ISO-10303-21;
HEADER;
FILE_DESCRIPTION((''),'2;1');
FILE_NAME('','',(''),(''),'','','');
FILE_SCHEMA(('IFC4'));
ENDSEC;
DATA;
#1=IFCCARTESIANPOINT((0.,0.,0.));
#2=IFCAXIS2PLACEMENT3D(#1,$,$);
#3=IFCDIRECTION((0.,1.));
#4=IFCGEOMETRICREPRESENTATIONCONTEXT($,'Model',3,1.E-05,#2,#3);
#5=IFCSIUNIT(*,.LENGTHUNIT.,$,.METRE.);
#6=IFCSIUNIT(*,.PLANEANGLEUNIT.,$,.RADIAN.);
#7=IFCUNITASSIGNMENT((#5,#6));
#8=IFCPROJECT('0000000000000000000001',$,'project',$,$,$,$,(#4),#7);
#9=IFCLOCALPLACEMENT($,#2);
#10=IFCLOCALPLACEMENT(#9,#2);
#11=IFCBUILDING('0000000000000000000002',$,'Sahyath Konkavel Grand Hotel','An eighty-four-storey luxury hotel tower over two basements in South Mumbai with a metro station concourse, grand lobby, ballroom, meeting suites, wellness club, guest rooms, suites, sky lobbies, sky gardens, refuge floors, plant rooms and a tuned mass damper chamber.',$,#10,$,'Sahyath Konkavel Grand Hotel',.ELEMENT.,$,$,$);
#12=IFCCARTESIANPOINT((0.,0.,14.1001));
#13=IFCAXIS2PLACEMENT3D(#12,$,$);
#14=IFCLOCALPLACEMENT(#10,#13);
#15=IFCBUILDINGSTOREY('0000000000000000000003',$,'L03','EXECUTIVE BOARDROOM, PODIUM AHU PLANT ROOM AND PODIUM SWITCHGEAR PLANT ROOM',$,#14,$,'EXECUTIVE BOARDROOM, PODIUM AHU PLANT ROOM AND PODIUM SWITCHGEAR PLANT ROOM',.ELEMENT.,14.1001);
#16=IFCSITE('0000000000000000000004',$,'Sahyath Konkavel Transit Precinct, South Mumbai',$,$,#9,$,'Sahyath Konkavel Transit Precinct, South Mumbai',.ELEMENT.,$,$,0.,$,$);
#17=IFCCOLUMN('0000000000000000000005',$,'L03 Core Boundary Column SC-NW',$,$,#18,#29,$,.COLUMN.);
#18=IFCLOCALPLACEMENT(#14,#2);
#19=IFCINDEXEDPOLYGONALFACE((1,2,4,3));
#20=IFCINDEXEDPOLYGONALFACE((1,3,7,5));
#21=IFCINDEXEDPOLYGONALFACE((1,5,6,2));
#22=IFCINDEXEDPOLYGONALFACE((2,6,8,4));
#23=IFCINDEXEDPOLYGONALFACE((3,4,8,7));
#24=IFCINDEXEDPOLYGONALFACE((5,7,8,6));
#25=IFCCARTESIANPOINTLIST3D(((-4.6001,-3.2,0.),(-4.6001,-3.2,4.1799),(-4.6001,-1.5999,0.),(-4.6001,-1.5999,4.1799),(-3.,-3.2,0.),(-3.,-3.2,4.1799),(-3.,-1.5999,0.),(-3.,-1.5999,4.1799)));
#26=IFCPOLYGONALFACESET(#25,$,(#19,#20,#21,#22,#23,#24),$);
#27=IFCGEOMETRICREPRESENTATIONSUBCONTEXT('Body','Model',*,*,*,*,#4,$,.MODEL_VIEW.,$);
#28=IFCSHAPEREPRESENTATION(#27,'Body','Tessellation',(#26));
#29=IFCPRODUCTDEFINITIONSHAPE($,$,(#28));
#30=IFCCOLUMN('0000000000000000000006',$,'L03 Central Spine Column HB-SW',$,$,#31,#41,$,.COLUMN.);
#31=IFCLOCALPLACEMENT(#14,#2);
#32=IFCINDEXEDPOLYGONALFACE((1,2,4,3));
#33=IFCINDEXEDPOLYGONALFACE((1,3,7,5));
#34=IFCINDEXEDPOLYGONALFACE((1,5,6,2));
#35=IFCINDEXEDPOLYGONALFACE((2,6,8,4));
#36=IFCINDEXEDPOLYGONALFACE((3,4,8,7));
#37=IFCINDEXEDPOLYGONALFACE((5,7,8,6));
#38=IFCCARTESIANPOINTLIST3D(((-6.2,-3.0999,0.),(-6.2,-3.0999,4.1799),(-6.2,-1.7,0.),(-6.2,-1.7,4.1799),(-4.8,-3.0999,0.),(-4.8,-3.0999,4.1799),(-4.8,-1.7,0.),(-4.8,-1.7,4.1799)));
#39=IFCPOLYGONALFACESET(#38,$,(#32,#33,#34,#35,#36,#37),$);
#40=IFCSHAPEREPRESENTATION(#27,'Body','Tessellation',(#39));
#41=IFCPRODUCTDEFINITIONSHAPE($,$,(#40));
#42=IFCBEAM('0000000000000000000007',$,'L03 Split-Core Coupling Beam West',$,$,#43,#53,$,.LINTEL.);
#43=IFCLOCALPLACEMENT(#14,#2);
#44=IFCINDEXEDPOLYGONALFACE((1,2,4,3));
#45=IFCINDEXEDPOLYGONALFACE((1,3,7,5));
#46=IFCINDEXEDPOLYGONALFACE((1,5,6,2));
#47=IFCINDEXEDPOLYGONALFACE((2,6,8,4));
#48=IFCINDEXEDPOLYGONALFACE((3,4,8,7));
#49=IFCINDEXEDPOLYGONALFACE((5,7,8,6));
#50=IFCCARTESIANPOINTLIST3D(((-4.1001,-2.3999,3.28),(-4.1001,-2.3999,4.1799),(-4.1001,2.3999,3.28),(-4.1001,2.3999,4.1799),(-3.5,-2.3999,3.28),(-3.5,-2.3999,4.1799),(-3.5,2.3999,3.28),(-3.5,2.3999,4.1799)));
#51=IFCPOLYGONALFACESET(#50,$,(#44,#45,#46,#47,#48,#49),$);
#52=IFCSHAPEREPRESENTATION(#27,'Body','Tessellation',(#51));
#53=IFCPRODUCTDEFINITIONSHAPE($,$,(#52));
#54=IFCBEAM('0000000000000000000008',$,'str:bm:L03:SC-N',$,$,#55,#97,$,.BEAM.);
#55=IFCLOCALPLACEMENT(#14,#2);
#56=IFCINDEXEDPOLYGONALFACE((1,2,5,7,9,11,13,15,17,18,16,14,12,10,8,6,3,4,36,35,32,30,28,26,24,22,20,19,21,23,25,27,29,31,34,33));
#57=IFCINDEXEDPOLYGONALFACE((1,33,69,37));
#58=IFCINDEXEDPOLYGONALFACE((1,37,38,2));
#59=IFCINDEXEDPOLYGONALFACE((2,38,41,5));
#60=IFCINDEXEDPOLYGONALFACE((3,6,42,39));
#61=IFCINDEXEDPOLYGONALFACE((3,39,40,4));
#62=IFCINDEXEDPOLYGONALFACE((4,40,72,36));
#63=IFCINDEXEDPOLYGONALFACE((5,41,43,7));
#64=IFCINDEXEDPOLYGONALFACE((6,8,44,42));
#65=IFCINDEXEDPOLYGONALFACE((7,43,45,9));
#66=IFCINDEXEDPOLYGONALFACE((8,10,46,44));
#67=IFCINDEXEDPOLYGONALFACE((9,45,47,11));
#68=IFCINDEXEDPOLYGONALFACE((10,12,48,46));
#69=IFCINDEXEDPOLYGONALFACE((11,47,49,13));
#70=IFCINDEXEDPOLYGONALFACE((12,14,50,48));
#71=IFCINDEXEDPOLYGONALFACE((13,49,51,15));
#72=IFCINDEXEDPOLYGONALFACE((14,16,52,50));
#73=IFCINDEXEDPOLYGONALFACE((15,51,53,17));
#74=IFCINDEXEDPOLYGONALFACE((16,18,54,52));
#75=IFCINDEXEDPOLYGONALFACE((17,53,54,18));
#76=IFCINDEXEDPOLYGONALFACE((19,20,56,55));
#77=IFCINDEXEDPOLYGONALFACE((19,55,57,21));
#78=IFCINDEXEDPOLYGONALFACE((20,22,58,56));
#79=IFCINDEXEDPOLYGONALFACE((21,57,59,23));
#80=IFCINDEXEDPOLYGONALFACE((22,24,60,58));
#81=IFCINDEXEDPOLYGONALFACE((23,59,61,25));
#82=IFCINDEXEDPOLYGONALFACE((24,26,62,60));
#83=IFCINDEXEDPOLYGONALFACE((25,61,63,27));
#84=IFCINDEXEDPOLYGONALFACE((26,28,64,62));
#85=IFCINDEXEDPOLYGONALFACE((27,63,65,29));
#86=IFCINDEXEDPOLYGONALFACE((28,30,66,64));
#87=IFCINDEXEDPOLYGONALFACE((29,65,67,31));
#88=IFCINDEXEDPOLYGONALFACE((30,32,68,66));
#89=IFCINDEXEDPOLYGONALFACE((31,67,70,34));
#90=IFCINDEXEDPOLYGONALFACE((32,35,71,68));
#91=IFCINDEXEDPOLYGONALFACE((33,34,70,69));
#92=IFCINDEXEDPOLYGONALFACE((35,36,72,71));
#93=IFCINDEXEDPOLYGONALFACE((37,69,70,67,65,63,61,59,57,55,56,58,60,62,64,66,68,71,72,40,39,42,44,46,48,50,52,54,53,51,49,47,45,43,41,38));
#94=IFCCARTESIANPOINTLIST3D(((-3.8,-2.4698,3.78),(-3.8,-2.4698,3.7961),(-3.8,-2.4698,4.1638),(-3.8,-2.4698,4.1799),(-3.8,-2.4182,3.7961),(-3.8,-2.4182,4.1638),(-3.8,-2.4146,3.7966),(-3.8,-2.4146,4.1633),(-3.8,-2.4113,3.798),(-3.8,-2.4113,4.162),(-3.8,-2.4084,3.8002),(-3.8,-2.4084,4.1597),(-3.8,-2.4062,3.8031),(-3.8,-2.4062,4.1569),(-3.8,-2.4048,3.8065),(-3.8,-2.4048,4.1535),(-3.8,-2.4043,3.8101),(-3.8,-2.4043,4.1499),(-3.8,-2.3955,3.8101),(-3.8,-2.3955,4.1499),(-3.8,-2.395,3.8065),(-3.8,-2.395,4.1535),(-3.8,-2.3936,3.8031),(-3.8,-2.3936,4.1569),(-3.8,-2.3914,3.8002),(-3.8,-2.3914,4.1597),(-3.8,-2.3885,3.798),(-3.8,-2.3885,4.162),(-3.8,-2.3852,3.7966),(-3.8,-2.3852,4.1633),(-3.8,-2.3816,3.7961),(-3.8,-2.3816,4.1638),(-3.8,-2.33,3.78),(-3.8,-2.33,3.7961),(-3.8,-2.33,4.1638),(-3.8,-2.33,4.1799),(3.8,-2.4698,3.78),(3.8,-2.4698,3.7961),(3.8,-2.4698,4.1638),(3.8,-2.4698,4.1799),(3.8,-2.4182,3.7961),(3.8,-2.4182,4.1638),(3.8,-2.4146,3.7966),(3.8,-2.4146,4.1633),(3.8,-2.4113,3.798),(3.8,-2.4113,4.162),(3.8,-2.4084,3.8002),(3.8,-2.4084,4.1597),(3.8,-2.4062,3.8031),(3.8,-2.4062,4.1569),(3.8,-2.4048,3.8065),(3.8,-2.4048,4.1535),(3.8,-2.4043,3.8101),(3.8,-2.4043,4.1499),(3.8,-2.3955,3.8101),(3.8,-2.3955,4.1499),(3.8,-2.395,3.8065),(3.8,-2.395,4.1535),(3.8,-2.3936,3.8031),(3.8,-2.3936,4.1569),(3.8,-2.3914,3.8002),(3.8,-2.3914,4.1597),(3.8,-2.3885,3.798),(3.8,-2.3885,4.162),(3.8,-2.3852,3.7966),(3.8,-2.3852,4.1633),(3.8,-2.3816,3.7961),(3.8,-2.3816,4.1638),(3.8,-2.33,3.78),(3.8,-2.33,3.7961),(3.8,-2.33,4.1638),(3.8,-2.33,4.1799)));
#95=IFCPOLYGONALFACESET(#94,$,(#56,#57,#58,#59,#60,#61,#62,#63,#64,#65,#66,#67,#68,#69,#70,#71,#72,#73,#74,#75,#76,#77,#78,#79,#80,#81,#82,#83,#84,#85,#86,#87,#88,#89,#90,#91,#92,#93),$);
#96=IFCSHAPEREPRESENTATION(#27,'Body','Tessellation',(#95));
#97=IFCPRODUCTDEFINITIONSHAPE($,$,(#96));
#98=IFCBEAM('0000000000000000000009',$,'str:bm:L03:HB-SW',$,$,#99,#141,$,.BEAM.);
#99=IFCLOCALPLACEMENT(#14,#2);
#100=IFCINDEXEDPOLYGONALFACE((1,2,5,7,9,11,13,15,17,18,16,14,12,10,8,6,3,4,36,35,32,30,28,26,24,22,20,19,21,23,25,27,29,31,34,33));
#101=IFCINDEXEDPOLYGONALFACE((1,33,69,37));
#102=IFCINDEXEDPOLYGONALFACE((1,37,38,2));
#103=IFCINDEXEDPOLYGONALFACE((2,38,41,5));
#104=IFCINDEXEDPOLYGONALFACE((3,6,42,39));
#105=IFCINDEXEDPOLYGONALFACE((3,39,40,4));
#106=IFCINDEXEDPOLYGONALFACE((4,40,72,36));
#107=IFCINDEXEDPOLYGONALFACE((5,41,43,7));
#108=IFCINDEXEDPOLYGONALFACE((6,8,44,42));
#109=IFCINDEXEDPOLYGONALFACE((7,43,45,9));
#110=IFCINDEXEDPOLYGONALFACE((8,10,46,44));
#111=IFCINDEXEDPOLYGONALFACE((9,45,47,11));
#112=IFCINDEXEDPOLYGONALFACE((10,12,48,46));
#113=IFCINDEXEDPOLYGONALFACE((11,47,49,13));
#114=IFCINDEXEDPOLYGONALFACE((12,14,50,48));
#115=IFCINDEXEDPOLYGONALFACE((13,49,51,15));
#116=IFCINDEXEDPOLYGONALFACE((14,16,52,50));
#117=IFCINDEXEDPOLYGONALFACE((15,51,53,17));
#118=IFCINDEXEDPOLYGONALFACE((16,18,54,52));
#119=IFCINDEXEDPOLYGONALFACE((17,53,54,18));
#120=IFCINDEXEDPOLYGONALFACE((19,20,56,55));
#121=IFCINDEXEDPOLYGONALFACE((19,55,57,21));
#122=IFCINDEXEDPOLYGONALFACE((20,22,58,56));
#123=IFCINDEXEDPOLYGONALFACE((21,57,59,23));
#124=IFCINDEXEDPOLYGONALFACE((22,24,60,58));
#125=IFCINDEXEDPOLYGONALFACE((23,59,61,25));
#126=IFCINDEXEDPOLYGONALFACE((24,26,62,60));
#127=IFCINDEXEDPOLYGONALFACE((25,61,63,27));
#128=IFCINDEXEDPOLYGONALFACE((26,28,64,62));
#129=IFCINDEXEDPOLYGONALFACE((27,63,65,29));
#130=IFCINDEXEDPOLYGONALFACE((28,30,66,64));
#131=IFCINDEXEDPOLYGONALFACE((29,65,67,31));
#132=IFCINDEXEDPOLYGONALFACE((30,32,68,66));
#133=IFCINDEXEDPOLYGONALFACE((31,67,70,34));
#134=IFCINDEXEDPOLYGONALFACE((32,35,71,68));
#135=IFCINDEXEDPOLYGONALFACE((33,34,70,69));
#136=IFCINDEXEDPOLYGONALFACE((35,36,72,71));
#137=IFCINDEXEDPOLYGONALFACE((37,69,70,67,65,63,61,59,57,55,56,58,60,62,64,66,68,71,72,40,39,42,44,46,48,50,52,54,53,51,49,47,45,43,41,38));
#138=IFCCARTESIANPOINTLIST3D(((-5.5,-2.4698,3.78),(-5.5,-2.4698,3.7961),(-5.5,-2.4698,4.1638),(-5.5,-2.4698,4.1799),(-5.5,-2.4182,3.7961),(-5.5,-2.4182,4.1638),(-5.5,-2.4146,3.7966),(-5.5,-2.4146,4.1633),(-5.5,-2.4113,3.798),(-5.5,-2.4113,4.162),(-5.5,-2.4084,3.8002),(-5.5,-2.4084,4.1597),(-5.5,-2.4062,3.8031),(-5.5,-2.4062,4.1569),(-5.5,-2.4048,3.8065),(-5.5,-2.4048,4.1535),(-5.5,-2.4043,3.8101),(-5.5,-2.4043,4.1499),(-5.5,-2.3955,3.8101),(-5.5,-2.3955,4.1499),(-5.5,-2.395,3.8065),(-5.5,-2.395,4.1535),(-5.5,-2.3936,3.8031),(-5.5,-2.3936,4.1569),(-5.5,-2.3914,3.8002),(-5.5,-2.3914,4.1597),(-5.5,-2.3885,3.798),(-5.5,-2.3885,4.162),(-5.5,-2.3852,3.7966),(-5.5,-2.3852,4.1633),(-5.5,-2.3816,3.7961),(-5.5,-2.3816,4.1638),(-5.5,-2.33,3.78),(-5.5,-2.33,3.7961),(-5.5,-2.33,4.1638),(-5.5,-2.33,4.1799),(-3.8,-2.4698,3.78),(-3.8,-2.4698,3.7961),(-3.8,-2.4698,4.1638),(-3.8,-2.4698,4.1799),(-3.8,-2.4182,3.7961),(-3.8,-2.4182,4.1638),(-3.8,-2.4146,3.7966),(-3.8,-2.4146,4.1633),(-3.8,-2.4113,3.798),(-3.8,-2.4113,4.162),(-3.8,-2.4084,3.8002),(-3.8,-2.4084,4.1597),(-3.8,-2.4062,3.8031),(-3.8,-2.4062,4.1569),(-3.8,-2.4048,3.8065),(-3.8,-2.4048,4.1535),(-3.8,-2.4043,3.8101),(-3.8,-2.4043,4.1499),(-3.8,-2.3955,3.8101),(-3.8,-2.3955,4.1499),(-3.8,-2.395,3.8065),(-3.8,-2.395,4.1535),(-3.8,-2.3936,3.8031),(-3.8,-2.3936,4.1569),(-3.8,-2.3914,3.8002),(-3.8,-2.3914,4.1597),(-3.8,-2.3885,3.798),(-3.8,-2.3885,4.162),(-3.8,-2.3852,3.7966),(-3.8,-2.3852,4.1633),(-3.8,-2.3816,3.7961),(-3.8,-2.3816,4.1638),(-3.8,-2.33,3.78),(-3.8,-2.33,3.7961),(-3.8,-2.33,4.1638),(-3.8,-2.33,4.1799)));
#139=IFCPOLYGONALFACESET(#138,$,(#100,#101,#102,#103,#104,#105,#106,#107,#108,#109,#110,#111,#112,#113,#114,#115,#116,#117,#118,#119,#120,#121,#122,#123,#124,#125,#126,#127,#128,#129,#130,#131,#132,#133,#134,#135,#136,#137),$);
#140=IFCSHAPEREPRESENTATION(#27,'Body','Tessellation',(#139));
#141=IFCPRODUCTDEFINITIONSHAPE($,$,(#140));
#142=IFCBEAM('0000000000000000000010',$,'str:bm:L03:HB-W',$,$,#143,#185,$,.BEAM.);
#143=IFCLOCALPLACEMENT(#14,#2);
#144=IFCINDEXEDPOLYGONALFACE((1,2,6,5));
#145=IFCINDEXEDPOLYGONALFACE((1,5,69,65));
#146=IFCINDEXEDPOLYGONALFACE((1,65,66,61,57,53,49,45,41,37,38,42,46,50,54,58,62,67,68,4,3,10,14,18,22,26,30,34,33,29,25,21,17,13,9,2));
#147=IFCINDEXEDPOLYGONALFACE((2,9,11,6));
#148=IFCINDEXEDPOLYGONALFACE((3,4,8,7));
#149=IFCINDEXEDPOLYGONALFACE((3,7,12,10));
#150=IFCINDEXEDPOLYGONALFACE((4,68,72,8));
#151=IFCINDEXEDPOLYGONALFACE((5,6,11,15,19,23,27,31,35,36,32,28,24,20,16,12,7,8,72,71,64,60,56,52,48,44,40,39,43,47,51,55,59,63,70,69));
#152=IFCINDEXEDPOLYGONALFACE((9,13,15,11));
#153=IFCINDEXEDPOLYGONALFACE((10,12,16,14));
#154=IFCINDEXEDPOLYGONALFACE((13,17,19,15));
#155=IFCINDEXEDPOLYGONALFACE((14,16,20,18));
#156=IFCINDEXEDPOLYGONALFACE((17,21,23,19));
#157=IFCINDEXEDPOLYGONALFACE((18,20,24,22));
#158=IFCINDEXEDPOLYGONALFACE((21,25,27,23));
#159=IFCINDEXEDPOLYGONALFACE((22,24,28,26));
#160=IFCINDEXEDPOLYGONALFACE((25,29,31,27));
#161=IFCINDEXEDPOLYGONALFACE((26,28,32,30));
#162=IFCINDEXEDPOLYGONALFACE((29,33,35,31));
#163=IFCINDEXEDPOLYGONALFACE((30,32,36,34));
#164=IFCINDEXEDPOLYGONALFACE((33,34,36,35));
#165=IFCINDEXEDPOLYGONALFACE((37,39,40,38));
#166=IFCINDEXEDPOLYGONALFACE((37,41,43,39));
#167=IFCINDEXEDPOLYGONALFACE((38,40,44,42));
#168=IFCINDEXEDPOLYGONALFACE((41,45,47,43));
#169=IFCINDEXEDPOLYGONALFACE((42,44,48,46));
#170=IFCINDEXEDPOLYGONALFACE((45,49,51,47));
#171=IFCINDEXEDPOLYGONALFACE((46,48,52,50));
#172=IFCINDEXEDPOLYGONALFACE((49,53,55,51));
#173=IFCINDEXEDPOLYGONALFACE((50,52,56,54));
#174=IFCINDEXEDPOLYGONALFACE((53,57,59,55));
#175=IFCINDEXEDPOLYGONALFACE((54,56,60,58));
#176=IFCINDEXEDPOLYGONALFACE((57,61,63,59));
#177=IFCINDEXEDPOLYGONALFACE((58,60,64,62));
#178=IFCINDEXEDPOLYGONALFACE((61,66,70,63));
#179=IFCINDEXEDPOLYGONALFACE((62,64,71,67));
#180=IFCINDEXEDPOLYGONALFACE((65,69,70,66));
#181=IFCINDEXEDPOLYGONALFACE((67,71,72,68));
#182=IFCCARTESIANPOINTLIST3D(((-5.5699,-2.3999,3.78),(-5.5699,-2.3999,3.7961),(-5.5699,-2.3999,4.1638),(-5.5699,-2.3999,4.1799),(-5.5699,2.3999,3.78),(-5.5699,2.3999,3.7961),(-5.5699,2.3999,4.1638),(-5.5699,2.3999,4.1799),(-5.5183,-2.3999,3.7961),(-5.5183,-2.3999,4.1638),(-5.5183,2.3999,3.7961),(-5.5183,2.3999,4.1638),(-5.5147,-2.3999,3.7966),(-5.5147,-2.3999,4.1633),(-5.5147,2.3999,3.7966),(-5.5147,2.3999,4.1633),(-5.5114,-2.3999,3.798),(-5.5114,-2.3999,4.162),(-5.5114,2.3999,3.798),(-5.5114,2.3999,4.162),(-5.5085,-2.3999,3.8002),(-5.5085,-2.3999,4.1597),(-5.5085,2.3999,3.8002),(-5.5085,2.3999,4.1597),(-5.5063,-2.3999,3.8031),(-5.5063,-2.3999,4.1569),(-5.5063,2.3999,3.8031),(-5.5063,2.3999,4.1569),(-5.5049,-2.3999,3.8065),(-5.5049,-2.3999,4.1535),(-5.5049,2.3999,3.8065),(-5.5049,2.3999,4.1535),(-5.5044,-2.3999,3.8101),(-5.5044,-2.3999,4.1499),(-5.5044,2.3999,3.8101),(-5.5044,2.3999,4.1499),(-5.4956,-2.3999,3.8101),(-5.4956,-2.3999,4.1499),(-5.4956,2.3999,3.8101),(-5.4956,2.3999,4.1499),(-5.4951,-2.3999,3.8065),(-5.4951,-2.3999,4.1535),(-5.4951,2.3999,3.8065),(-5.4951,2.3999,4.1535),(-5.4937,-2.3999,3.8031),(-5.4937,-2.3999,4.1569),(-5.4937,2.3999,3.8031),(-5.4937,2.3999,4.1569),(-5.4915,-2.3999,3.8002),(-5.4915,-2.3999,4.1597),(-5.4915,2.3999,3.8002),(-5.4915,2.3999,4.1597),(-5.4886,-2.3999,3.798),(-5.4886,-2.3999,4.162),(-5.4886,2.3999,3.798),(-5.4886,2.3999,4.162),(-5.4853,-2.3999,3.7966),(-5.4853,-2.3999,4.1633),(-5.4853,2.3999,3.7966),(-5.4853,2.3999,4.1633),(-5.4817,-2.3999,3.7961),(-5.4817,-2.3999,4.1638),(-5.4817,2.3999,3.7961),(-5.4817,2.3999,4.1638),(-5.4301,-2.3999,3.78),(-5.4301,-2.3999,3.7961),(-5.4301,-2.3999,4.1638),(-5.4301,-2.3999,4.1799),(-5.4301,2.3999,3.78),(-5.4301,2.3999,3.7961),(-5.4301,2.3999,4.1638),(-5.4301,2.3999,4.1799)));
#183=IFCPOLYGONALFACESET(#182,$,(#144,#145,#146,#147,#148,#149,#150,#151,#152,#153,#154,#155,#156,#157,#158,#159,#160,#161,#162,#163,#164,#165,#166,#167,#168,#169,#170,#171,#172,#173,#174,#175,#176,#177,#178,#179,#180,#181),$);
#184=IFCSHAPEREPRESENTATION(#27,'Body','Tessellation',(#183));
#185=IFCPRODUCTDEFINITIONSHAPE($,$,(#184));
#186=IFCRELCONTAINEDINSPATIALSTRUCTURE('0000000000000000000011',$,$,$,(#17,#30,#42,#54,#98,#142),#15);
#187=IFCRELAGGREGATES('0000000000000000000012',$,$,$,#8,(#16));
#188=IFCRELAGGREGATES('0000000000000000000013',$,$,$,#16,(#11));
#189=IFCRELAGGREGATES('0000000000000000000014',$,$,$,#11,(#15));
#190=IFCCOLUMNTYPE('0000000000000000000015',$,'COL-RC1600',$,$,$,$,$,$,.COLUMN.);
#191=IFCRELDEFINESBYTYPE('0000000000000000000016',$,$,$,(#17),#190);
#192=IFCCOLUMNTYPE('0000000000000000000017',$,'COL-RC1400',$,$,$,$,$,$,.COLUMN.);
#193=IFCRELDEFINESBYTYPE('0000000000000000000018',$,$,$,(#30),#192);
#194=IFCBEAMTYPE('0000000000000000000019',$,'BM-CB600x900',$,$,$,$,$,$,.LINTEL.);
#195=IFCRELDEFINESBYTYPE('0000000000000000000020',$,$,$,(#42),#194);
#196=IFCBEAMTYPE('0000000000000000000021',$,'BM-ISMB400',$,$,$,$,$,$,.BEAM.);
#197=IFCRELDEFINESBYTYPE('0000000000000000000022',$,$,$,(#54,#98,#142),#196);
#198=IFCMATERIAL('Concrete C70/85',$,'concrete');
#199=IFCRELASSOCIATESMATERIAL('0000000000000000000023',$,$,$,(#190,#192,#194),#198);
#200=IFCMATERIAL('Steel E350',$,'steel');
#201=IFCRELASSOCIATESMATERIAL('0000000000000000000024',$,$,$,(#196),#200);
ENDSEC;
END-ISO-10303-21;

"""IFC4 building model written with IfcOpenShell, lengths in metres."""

from ifc_helpers import new_model, si_unit, direction, frame, origin, origin_2d, place, context, subcontext, project, spatial, rectangle, i_section, extrude, source, transform, mapped, material, material_profile, profile_set, type_object, element, save


model = new_model("IFC4")

# Units and contexts
model_context = context("Model", 3, precision=1e-05, world=origin(), true_north=direction((0.0, 1.0)))
body_context = subcontext(model_context, "Body", "Model", "MODEL_VIEW")
ifc_project = project(units=[si_unit("LENGTHUNIT", "METRE"), si_unit("PLANEANGLEUNIT", "RADIAN")], contexts=[model_context])

# Site, building, storey
site_placement = place(None, origin())
site = spatial("IfcSite", under=ifc_project, at=site_placement, Name="Sahyath Konkavel Transit Precinct, South Mumbai", LongName="Sahyath Konkavel Transit Precinct, South Mumbai", CompositionType="ELEMENT", RefElevation=0.0)
building_placement = place(site_placement, origin())
building = spatial("IfcBuilding", under=site, at=building_placement, Name="Sahyath Konkavel Grand Hotel", Description="An eighty-four-storey luxury hotel tower over two basements in South Mumbai with a metro station concourse, grand lobby, ballroom, meeting suites, wellness club, guest rooms, suites, sky lobbies, sky gardens, refuge floors, plant rooms and a tuned mass damper chamber.", LongName="Sahyath Konkavel Grand Hotel", CompositionType="ELEMENT")
storey_placement = place(building_placement, frame((0.0, 0.0, 14.1001)))
storey = spatial("IfcBuildingStorey", under=building, at=storey_placement, Name="L03", Description="EXECUTIVE BOARDROOM, PODIUM AHU PLANT ROOM AND PODIUM SWITCHGEAR PLANT ROOM", LongName="EXECUTIVE BOARDROOM, PODIUM AHU PLANT ROOM AND PODIUM SWITCHGEAR PLANT ROOM", CompositionType="ELEMENT", Elevation=14.1001)

# Columns
ifc_material_1 = material(Name="Concrete C70/85", Category="concrete")
ifc_material_profile_1 = material_profile(ifc_material_1, rectangle(XDim=1.6001, YDim=1.6001, at=origin_2d()), Name="RC 1600x1600")
ifc_profile_set_1 = profile_set([ifc_material_profile_1], Name="Concrete C70/85")
column_type_1 = type_object("IfcColumnType", Name="COL-RC1600", PredefinedType="COLUMN", material=ifc_profile_set_1)
shared_shape_1 = source(origin(), body_context, "Body", "SweptSolid", [
    extrude(rectangle(XDim=1.6001, YDim=1.6001, at=origin_2d()), origin(), (0.0, 0.0, 1.0), 4.1799),
])
column_1_placement = place(storey_placement, frame((-3.8, -2.3999, 0.0), z_axis=(0.0, 0.0, 1.0), x_axis=(1.0, 0.0, 0.0)))
element("IfcColumn", 1, at=column_1_placement, inside=storey, type_object=column_type_1, Name="L03 Core Boundary Column SC-NW", PredefinedType="COLUMN", context=body_context, shape_type="MappedRepresentation", body=[
    mapped(shared_shape_1, transform((0.0, 0.0, 0.0), scale=1.0)),
])
ifc_material_profile_2 = material_profile(ifc_material_1, rectangle(XDim=1.3999, YDim=1.3999, at=origin_2d()), Name="RC 1400x1400")
ifc_profile_set_2 = profile_set([ifc_material_profile_2], Name="Concrete C70/85")
column_type_2 = type_object("IfcColumnType", Name="COL-RC1400", PredefinedType="COLUMN", material=ifc_profile_set_2)
shared_shape_2 = source(origin(), body_context, "Body", "SweptSolid", [
    extrude(rectangle(XDim=1.3999, YDim=1.3999, at=origin_2d()), origin(), (0.0, 0.0, 1.0), 4.1799),
])
column_2_placement = place(storey_placement, frame((-5.5, -2.3999, 0.0), z_axis=(0.0, 0.0, 1.0), x_axis=(1.0, 0.0, 0.0)))
element("IfcColumn", 2, at=column_2_placement, inside=storey, type_object=column_type_2, Name="L03 Central Spine Column HB-SW", PredefinedType="COLUMN", context=body_context, shape_type="MappedRepresentation", body=[
    mapped(shared_shape_2, transform((0.0, 0.0, 0.0), scale=1.0)),
])

# Beams
ifc_material_profile_3 = material_profile(ifc_material_1, rectangle(XDim=0.6001, YDim=0.8999, at=origin_2d()), Name="RC 600x900")
ifc_profile_set_3 = profile_set([ifc_material_profile_3], Name="Concrete C70/85")
beam_type_1 = type_object("IfcBeamType", Name="BM-CB600x900", PredefinedType="LINTEL", material=ifc_profile_set_3)
shared_shape_3 = source(origin(), body_context, "Body", "SweptSolid", [
    extrude(rectangle(XDim=0.6001, YDim=0.8999, at=origin_2d()), origin(), (0.0, 0.0, 1.0), 4.7998),
])
beam_1_placement = place(storey_placement, frame((-3.8, -2.3999, 3.73), z_axis=(0.0, 1.0, 0.0), x_axis=(-1.0, 0.0, 0.0)))
element("IfcBeam", 3, at=beam_1_placement, inside=storey, type_object=beam_type_1, Name="L03 Split-Core Coupling Beam West", PredefinedType="LINTEL", context=body_context, shape_type="MappedRepresentation", body=[
    mapped(shared_shape_3, transform((0.0, 0.0, 0.0), scale=1.0)),
])
ifc_material_2 = material(Name="Steel E350", Category="steel")
ifc_material_profile_4 = material_profile(ifc_material_2, i_section(OverallWidth=0.1399, OverallDepth=0.3999, WebThickness=0.0088, FlangeThickness=0.0161, FilletRadius=0.0139, at=origin_2d()), Name="ISMB 400")
ifc_profile_set_4 = profile_set([ifc_material_profile_4], Name="Steel E350")
beam_type_2 = type_object("IfcBeamType", Name="BM-ISMB400", PredefinedType="BEAM", material=ifc_profile_set_4)
shared_shape_4 = source(origin(), body_context, "Body", "SweptSolid", [
    extrude(i_section(OverallWidth=0.1399, OverallDepth=0.3999, WebThickness=0.0088, FlangeThickness=0.0161, FilletRadius=0.0139, at=origin_2d()), origin(), (0.0, 0.0, 1.0), 7.6001),
])
beam_2_placement = place(storey_placement, frame((-3.8, -2.3999, 3.98), z_axis=(1.0, 0.0, 0.0), x_axis=(0.0, 1.0, 0.0)))
element("IfcBeam", 4, at=beam_2_placement, inside=storey, type_object=beam_type_2, Name="str:bm:L03:SC-N", PredefinedType="BEAM", context=body_context, shape_type="MappedRepresentation", body=[
    mapped(shared_shape_4, transform((0.0, 0.0, 0.0), scale=1.0)),
])
shared_shape_5 = source(origin(), body_context, "Body", "SweptSolid", [
    extrude(i_section(OverallWidth=0.1399, OverallDepth=0.3999, WebThickness=0.0088, FlangeThickness=0.0161, FilletRadius=0.0139, at=origin_2d()), origin(), (0.0, 0.0, 1.0), 1.7),
])
beam_3_placement = place(storey_placement, frame((-5.5, -2.3999, 3.98), z_axis=(1.0, 0.0, 0.0), x_axis=(0.0, 1.0, 0.0)))
element("IfcBeam", 5, at=beam_3_placement, inside=storey, type_object=beam_type_2, Name="str:bm:L03:HB-SW", PredefinedType="BEAM", context=body_context, shape_type="MappedRepresentation", body=[
    mapped(shared_shape_5, transform((0.0, 0.0, 0.0), scale=1.0)),
])
shared_shape_6 = source(origin(), body_context, "Body", "SweptSolid", [
    extrude(i_section(OverallWidth=0.1399, OverallDepth=0.3999, WebThickness=0.0088, FlangeThickness=0.0161, FilletRadius=0.0139, at=origin_2d()), origin(), (0.0, 0.0, 1.0), 4.7998),
])
beam_4_placement = place(storey_placement, frame((-5.5, -2.3999, 3.98), z_axis=(0.0, 1.0, 0.0), x_axis=(-1.0, 0.0, 0.0)))
element("IfcBeam", 6, at=beam_4_placement, inside=storey, type_object=beam_type_2, Name="str:bm:L03:HB-W", PredefinedType="BEAM", context=body_context, shape_type="MappedRepresentation", body=[
    mapped(shared_shape_6, transform((0.0, 0.0, 0.0), scale=1.0)),
])

save(model, "model.ifc")
